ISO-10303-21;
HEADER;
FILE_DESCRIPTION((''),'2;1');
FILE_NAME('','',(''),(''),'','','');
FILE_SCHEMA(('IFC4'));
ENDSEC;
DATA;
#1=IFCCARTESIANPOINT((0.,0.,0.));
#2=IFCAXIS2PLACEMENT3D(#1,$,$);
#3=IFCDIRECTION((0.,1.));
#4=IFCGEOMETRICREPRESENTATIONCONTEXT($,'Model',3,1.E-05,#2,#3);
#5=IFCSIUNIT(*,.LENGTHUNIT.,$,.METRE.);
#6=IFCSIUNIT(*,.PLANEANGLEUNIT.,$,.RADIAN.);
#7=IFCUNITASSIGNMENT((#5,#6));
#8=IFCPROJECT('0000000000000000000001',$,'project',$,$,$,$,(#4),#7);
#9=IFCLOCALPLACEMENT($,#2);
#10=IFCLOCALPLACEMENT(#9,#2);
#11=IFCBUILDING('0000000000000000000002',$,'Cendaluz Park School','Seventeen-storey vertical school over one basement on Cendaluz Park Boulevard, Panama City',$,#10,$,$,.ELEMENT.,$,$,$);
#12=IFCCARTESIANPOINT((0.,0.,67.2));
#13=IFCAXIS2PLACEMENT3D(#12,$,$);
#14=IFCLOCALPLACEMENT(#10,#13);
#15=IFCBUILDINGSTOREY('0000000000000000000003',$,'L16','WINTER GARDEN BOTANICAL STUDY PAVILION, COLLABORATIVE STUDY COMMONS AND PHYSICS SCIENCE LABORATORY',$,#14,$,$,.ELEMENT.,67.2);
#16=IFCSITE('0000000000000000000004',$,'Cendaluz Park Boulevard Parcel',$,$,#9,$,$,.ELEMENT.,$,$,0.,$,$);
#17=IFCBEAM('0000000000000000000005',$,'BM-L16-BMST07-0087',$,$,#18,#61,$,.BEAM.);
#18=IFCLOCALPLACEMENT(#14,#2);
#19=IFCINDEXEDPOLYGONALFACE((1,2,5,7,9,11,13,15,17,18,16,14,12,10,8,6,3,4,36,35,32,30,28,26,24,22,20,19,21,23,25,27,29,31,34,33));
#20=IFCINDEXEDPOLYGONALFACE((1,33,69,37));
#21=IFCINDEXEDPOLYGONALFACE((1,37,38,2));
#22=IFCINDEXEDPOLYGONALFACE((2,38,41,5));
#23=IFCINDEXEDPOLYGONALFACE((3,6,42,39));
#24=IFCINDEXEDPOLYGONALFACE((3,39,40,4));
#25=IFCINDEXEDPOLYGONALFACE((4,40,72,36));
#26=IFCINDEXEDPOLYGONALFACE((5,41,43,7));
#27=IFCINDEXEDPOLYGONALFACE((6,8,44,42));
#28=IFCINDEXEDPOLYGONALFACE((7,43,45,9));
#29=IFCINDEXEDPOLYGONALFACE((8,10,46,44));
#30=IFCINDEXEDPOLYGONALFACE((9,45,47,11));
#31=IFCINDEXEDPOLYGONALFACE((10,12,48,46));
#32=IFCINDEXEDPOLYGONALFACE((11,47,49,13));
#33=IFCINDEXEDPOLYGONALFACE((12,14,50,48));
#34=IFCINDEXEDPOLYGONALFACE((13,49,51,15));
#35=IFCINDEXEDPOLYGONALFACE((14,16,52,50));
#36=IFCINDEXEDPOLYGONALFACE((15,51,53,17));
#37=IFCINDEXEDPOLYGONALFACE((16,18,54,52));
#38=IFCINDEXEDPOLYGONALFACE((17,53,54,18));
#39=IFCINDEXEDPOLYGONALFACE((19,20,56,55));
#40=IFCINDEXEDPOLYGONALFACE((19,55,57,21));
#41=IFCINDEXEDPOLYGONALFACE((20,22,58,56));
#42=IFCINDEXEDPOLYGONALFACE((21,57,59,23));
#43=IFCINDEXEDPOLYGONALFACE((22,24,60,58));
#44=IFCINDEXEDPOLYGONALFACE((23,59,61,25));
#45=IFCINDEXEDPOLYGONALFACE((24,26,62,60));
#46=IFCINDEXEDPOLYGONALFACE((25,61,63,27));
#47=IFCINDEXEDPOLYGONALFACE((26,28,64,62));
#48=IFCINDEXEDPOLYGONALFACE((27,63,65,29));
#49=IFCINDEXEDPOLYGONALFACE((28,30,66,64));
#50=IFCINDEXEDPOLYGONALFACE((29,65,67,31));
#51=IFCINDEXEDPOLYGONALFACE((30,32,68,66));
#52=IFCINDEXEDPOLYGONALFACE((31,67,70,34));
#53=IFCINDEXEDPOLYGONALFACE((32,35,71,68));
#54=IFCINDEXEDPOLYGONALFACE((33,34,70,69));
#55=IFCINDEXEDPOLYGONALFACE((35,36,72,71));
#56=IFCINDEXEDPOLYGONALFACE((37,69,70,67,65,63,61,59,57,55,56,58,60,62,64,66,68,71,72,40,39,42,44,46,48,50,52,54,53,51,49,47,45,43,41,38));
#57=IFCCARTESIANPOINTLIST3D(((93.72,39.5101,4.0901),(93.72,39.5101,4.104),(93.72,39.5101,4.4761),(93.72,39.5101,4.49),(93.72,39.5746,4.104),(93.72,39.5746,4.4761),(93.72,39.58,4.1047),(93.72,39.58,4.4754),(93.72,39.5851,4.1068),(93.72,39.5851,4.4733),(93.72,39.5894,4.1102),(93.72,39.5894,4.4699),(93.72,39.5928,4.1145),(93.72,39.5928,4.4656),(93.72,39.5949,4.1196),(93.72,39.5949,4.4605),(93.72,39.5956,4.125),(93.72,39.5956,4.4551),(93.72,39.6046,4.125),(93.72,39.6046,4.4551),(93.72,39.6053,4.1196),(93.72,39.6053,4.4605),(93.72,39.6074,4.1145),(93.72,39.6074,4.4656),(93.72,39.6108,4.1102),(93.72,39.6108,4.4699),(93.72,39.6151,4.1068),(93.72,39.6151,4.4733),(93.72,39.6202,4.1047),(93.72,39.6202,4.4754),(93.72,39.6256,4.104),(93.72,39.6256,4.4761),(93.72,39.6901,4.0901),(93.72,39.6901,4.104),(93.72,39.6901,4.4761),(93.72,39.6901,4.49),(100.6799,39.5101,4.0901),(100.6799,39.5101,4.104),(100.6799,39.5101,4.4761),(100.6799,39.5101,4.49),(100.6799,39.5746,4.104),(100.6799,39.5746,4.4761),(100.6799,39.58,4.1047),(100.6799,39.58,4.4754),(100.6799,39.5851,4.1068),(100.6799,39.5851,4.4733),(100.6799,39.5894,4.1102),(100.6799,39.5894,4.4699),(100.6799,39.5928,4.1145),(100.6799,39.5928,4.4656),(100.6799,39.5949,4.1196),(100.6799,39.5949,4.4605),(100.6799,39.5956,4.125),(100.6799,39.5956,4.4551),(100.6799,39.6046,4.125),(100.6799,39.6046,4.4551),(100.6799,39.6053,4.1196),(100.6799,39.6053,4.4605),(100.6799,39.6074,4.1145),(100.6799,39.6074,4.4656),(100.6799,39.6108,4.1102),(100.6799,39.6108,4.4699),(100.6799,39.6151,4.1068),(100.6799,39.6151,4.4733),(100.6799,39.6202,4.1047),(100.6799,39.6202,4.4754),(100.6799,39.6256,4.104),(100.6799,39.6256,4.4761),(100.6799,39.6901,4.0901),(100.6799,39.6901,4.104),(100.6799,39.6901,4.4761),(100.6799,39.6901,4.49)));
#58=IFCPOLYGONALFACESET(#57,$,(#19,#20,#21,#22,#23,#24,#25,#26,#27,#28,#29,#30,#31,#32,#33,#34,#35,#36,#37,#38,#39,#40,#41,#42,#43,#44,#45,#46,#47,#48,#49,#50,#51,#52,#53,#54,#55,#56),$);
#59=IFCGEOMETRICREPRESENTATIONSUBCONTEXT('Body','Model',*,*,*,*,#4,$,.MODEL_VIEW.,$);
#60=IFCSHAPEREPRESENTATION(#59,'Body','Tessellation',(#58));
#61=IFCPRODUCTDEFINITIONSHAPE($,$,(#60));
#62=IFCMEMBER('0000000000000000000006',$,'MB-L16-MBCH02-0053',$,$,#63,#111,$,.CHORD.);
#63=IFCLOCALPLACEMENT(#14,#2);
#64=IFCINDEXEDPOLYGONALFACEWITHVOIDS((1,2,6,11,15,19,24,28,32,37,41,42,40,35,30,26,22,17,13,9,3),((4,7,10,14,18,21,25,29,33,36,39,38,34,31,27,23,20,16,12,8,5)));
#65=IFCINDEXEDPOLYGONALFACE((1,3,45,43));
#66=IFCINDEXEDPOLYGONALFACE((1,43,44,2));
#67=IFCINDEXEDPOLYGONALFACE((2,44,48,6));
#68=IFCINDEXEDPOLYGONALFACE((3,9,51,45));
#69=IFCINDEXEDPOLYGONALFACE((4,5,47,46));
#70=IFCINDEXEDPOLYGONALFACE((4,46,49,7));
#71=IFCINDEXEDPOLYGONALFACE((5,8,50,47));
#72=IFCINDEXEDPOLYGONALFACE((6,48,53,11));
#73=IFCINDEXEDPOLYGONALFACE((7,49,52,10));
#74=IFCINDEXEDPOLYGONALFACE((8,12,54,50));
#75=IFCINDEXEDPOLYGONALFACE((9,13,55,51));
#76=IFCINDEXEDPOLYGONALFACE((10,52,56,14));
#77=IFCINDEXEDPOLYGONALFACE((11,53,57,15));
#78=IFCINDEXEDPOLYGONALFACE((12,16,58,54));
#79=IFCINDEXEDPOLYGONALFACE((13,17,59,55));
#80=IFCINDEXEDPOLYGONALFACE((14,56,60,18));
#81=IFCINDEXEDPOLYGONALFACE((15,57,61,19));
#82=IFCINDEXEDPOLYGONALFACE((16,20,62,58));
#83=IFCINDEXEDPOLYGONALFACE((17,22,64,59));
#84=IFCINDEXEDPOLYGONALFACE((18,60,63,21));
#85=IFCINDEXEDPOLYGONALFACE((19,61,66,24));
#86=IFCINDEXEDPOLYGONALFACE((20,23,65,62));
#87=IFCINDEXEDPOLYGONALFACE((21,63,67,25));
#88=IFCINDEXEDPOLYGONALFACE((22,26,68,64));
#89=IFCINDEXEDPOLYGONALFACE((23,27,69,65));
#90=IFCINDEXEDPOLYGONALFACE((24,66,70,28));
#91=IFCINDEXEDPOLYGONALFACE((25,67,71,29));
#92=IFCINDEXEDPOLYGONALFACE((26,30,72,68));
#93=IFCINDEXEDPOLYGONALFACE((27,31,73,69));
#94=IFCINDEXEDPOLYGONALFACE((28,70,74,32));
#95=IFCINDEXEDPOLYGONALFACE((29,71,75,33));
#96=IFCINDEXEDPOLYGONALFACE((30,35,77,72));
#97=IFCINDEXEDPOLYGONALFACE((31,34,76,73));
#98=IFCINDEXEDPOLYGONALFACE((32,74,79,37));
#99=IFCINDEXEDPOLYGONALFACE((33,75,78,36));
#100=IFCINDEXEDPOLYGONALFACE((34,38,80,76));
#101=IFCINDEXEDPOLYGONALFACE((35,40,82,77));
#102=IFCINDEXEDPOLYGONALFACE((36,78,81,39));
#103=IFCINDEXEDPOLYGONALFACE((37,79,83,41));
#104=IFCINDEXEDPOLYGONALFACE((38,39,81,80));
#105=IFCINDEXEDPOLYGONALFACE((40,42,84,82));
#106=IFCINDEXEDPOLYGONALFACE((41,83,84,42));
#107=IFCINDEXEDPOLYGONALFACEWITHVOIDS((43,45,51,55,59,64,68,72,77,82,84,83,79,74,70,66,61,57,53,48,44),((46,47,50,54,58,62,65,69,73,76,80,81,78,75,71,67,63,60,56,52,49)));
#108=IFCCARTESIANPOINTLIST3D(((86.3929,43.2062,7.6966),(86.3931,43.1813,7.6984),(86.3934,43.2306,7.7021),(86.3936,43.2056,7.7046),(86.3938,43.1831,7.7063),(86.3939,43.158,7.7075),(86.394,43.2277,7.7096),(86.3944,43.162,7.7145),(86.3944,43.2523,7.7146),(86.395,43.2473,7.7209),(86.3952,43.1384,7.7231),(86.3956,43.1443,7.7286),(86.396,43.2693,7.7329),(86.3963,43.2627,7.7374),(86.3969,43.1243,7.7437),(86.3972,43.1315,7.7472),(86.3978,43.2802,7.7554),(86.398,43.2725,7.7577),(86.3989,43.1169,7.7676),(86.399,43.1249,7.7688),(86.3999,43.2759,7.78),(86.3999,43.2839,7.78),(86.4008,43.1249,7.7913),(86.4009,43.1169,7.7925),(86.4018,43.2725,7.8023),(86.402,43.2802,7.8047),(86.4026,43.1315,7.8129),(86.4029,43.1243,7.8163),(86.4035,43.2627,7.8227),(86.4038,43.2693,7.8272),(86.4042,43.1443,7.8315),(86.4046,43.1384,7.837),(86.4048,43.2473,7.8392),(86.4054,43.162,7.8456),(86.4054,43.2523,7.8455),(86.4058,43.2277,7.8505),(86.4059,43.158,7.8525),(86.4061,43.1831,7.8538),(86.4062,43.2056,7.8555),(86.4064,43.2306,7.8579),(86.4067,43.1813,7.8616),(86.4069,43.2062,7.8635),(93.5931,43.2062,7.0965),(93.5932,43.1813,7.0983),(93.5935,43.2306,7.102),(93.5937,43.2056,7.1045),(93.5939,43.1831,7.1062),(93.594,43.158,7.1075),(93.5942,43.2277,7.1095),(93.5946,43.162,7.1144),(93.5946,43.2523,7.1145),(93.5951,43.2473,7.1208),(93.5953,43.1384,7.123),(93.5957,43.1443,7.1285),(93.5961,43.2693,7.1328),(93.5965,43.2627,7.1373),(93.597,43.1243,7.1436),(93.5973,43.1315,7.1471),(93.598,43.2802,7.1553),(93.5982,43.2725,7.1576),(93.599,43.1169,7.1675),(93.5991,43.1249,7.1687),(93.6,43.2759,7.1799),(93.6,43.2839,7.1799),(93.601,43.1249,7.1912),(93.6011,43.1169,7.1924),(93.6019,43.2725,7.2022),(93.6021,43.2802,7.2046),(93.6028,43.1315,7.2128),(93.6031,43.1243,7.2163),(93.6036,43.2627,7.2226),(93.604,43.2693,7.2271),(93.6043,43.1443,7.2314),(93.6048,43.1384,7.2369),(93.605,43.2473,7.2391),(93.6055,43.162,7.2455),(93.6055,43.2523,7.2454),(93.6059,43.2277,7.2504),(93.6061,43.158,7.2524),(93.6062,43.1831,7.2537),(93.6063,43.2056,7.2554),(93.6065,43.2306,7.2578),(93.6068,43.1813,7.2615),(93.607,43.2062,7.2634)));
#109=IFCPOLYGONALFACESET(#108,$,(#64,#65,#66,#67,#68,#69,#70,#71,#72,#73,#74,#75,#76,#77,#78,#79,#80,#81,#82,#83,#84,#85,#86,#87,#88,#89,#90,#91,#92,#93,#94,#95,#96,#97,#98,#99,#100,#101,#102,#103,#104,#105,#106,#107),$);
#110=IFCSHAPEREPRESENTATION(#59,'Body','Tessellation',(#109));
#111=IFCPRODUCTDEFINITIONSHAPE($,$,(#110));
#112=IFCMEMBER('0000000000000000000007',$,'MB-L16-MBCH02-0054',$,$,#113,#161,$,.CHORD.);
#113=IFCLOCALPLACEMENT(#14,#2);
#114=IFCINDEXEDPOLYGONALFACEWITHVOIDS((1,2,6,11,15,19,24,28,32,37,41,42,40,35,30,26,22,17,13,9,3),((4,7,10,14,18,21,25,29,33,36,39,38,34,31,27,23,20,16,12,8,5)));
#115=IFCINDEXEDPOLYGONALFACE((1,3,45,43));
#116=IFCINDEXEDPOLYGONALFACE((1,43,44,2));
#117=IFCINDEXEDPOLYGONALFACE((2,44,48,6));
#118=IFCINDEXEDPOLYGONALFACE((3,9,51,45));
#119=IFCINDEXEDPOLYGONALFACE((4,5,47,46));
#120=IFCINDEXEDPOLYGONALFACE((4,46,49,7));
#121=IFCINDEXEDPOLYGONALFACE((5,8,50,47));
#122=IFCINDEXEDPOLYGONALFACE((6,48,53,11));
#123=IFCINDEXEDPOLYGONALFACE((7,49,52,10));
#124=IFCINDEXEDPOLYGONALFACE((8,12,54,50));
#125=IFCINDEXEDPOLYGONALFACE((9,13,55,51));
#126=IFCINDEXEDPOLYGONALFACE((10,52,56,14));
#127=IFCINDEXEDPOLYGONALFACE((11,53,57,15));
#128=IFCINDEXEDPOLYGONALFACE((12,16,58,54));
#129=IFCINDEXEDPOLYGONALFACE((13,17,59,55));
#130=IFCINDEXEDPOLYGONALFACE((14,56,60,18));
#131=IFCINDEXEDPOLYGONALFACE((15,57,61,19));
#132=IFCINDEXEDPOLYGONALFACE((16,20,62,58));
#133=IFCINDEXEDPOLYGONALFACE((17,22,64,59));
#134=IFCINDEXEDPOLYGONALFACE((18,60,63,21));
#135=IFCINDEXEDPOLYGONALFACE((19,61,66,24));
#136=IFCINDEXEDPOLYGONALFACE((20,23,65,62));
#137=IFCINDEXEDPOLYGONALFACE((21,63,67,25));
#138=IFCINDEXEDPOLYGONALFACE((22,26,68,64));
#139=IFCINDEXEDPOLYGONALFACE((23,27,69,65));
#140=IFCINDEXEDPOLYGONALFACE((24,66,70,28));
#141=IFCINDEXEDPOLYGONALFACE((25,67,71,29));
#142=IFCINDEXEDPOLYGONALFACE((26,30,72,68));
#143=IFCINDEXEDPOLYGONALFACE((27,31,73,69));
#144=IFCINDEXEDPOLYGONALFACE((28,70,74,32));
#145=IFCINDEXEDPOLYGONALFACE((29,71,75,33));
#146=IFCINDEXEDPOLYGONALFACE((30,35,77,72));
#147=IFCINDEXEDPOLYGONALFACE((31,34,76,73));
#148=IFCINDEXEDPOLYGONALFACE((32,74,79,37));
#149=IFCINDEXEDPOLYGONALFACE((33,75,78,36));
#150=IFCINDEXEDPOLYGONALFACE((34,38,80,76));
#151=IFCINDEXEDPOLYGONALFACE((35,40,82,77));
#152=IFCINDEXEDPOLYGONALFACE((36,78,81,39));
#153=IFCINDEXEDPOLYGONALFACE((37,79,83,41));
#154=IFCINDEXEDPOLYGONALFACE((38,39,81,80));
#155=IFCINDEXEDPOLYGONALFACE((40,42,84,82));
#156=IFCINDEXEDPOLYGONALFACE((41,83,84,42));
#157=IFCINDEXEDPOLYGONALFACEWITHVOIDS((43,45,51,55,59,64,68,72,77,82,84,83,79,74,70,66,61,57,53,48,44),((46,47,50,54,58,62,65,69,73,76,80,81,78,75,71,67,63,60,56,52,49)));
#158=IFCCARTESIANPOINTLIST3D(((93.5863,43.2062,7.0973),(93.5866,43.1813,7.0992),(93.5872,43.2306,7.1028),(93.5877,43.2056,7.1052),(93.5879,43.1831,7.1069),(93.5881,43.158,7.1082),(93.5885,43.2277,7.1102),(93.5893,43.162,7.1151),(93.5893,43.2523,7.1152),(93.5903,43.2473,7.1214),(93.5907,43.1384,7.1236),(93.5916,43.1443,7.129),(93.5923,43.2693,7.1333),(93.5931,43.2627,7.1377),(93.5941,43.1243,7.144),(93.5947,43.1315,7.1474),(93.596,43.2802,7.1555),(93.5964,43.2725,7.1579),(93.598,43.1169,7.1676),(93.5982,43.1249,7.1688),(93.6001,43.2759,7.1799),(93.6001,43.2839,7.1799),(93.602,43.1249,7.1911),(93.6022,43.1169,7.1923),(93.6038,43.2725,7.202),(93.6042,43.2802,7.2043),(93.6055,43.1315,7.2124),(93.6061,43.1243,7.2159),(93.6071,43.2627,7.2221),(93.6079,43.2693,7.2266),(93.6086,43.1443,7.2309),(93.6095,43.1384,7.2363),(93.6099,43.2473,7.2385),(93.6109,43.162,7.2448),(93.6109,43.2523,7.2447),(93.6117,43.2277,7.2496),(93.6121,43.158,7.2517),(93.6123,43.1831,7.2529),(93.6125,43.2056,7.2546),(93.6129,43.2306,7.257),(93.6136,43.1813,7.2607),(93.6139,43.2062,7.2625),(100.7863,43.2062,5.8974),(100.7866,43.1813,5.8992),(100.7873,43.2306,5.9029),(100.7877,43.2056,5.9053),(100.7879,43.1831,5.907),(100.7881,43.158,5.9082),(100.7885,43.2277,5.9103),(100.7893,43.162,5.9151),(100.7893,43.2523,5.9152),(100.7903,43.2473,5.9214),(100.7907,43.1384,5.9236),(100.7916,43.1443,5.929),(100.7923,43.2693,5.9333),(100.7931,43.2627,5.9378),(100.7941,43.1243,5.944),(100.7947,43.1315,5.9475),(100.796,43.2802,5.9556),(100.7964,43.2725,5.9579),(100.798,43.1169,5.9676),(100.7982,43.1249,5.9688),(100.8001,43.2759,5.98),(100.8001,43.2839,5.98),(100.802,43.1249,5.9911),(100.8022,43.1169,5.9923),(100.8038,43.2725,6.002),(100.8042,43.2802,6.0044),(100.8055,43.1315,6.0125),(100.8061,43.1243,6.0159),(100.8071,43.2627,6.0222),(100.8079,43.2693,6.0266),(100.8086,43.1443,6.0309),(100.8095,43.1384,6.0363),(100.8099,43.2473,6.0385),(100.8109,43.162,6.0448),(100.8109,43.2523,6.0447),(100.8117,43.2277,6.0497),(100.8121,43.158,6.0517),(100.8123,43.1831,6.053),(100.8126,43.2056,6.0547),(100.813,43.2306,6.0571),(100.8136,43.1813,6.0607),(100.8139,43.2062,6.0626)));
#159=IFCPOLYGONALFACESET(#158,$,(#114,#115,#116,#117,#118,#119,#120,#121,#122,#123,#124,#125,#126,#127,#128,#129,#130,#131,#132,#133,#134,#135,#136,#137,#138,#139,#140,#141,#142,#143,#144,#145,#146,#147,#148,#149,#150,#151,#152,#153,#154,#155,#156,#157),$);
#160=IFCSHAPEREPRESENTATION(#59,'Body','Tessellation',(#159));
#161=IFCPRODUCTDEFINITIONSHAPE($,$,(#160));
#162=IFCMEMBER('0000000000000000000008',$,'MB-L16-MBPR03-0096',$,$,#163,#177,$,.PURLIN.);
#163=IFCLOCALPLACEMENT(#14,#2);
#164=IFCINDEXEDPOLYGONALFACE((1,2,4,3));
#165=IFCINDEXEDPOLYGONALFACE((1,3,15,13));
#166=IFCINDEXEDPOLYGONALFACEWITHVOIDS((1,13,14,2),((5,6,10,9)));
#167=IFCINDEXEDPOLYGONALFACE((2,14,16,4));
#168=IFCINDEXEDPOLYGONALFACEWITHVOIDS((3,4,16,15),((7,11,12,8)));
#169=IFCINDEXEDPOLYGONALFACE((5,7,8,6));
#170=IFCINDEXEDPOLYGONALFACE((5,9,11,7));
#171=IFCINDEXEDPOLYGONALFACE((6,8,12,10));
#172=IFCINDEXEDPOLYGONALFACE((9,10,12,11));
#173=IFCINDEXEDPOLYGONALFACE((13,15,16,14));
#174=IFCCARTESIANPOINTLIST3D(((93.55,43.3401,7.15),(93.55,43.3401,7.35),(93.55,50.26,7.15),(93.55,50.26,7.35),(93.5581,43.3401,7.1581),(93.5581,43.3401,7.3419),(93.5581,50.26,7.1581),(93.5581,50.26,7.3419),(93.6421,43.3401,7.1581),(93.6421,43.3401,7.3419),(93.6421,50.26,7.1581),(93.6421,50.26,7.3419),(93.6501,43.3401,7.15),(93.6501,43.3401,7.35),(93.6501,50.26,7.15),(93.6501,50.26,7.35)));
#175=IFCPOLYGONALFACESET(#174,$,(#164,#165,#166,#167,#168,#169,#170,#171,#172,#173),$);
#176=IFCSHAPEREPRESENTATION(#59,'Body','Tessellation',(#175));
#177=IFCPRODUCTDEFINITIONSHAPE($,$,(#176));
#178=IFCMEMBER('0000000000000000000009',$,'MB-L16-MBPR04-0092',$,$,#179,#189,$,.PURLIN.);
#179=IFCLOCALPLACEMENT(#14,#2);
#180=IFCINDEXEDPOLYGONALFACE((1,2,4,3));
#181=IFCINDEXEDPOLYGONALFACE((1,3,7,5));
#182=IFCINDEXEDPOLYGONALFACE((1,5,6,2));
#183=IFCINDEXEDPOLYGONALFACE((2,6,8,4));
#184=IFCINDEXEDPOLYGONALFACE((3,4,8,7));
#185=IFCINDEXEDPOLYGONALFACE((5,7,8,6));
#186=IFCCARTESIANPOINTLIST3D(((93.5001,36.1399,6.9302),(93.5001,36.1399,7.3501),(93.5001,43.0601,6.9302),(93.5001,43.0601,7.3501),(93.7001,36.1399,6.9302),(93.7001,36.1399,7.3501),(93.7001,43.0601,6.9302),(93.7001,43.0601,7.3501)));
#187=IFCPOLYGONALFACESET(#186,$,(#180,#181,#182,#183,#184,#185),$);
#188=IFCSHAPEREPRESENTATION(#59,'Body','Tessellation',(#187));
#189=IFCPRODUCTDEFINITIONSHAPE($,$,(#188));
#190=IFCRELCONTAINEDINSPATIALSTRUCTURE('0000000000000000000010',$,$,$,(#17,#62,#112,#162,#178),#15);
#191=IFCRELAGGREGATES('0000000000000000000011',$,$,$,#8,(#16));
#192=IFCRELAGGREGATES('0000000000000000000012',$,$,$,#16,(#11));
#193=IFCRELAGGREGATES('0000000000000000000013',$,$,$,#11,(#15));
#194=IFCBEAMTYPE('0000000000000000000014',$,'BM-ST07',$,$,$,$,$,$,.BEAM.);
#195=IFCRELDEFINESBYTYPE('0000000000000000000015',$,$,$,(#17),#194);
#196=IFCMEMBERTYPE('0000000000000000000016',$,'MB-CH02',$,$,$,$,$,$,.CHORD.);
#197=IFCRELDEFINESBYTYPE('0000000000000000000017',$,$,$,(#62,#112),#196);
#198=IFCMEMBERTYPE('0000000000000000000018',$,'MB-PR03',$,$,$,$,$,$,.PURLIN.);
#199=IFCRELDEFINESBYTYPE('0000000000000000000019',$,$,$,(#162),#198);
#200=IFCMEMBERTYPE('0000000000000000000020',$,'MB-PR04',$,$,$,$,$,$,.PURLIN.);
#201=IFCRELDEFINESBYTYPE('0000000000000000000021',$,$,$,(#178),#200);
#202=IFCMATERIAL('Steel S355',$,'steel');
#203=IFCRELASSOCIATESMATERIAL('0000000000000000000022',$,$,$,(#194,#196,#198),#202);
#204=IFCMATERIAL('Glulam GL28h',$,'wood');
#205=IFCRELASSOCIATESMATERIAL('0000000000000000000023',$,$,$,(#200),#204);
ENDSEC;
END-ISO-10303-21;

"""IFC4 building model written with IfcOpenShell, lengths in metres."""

from ifc_helpers import new_model, si_unit, direction, frame, origin, origin_2d, place, context, subcontext, project, spatial, rectangle, hollow_rectangle, hollow_circle, i_section, extrude, material, material_profile, profile_set, type_object, element, save


model = new_model("IFC4")

# Units and contexts
model_context = context("Model", 3, precision=1e-05, world=origin(), true_north=direction((0.0, 1.0)))
body_context = subcontext(model_context, "Body", "Model", "MODEL_VIEW")
ifc_project = project(units=[si_unit("LENGTHUNIT", "METRE"), si_unit("PLANEANGLEUNIT", "RADIAN")], contexts=[model_context])

# Site, building, storey
site_placement = place(None, origin())
site = spatial("IfcSite", under=ifc_project, at=site_placement, Name="Cendaluz Park Boulevard Parcel", CompositionType="ELEMENT", RefElevation=0.0)
building_placement = place(site_placement, origin())
building = spatial("IfcBuilding", under=site, at=building_placement, Name="Cendaluz Park School", Description="Seventeen-storey vertical school over one basement on Cendaluz Park Boulevard, Panama City", CompositionType="ELEMENT")
storey_placement = place(building_placement, frame((0.0, 0.0, 67.2)))
storey = spatial("IfcBuildingStorey", under=building, at=storey_placement, Name="L16", Description="WINTER GARDEN BOTANICAL STUDY PAVILION, COLLABORATIVE STUDY COMMONS AND PHYSICS SCIENCE LABORATORY", CompositionType="ELEMENT", Elevation=67.2)

# Beam
ifc_material_1 = material(Name="Steel S355", Category="steel")
ifc_material_profile_1 = material_profile(ifc_material_1, i_section(OverallWidth=0.1799, OverallDepth=0.3999, WebThickness=0.009, FlangeThickness=0.0139, FilletRadius=0.021, at=origin_2d()), Name="IPE 400", Category="steel")
ifc_profile_set_1 = profile_set([ifc_material_profile_1], Name="Steel S355")
beam_type_1 = type_object("IfcBeamType", Name="BM-ST07", PredefinedType="BEAM", material=ifc_profile_set_1)
for number, where, z_axis, x_axis, name in (
    (1, (93.72, 39.6001, 4.29), (1.0, 0.0, 0.0), (0.0, 1.0, 0.0), "BM-L16-BMST07-0087"),
):
    element("IfcBeam", number, at=place(storey_placement, frame(where, z_axis=z_axis, x_axis=x_axis)), inside=storey, type_object=beam_type_1, Name=name, PredefinedType="BEAM", context=body_context, shape_type="SweptSolid", body=[
        extrude(i_section(OverallWidth=0.1799, OverallDepth=0.3999, WebThickness=0.009, FlangeThickness=0.0139, FilletRadius=0.021, at=origin_2d()), origin(), (0.0, 0.0, 1.0), 6.96),
    ])

# Members
ifc_material_profile_2 = material_profile(ifc_material_1, hollow_circle(Radius=0.084, WallThickness=0.0081, at=origin_2d()), Name="CHS 168x8", Category="steel")
ifc_profile_set_2 = profile_set([ifc_material_profile_2], Name="Steel S355")
member_type_1 = type_object("IfcMemberType", Name="MB-CH02", PredefinedType="CHORD", material=ifc_profile_set_2)
member_1_placement = place(storey_placement, frame((86.3999, 43.2, 7.78), z_axis=(0.996545, 0.0, -0.083057), x_axis=(0.0, 1.0, 0.0)))
element("IfcMember", 2, at=member_1_placement, inside=storey, type_object=member_type_1, Name="MB-L16-MBCH02-0053", PredefinedType="CHORD", context=body_context, shape_type="SweptSolid", body=[
    extrude(hollow_circle(Radius=0.084, WallThickness=0.0081, at=origin_2d()), origin(), (0.0, 0.0, 1.0), 7.2251),
])
member_2_placement = place(storey_placement, frame((93.6001, 43.2, 7.1799), z_axis=(0.986395, 0.0, -0.164394), x_axis=(0.0, 1.0, 0.0)))
element("IfcMember", 3, at=member_2_placement, inside=storey, type_object=member_type_1, Name="MB-L16-MBCH02-0054", PredefinedType="CHORD", context=body_context, shape_type="SweptSolid", body=[
    extrude(hollow_circle(Radius=0.084, WallThickness=0.0081, at=origin_2d()), origin(), (0.0, 0.0, 1.0), 7.2993),
])
ifc_material_profile_3 = material_profile(ifc_material_1, hollow_rectangle(XDim=0.1001, YDim=0.2, WallThickness=0.0081, at=origin_2d()), Name="RHS 200x100x8", Category="steel")
ifc_profile_set_3 = profile_set([ifc_material_profile_3], Name="Steel S355")
member_type_2 = type_object("IfcMemberType", Name="MB-PR03", PredefinedType="PURLIN", material=ifc_profile_set_3)
member_3_placement = place(storey_placement, frame((93.6001, 43.3401, 7.25), z_axis=(0.0, 1.0, 0.0), x_axis=(-1.0, 0.0, 0.0)))
element("IfcMember", 4, at=member_3_placement, inside=storey, type_object=member_type_2, Name="MB-L16-MBPR03-0096", PredefinedType="PURLIN", context=body_context, shape_type="SweptSolid", body=[
    extrude(hollow_rectangle(XDim=0.1001, YDim=0.2, WallThickness=0.0081, at=origin_2d()), origin(), (0.0, 0.0, 1.0), 6.9199),
])
ifc_material_2 = material(Name="Glulam GL28h", Category="wood")
ifc_material_profile_4 = material_profile(ifc_material_2, rectangle(XDim=0.2, YDim=0.4199, at=origin_2d()), Name="GL28h 200x420", Category="wood")
ifc_profile_set_4 = profile_set([ifc_material_profile_4], Name="Glulam GL28h")
member_type_3 = type_object("IfcMemberType", Name="MB-PR04", PredefinedType="PURLIN", material=ifc_profile_set_4)
member_4_placement = place(storey_placement, frame((93.6001, 36.1399, 7.1401), z_axis=(0.0, 1.0, 0.0), x_axis=(-1.0, 0.0, 0.0)))
element("IfcMember", 5, at=member_4_placement, inside=storey, type_object=member_type_3, Name="MB-L16-MBPR04-0092", PredefinedType="PURLIN", context=body_context, shape_type="SweptSolid", body=[
    extrude(rectangle(XDim=0.2, YDim=0.4199, at=origin_2d()), origin(), (0.0, 0.0, 1.0), 6.9202),
])

save(model, "model.ifc")
